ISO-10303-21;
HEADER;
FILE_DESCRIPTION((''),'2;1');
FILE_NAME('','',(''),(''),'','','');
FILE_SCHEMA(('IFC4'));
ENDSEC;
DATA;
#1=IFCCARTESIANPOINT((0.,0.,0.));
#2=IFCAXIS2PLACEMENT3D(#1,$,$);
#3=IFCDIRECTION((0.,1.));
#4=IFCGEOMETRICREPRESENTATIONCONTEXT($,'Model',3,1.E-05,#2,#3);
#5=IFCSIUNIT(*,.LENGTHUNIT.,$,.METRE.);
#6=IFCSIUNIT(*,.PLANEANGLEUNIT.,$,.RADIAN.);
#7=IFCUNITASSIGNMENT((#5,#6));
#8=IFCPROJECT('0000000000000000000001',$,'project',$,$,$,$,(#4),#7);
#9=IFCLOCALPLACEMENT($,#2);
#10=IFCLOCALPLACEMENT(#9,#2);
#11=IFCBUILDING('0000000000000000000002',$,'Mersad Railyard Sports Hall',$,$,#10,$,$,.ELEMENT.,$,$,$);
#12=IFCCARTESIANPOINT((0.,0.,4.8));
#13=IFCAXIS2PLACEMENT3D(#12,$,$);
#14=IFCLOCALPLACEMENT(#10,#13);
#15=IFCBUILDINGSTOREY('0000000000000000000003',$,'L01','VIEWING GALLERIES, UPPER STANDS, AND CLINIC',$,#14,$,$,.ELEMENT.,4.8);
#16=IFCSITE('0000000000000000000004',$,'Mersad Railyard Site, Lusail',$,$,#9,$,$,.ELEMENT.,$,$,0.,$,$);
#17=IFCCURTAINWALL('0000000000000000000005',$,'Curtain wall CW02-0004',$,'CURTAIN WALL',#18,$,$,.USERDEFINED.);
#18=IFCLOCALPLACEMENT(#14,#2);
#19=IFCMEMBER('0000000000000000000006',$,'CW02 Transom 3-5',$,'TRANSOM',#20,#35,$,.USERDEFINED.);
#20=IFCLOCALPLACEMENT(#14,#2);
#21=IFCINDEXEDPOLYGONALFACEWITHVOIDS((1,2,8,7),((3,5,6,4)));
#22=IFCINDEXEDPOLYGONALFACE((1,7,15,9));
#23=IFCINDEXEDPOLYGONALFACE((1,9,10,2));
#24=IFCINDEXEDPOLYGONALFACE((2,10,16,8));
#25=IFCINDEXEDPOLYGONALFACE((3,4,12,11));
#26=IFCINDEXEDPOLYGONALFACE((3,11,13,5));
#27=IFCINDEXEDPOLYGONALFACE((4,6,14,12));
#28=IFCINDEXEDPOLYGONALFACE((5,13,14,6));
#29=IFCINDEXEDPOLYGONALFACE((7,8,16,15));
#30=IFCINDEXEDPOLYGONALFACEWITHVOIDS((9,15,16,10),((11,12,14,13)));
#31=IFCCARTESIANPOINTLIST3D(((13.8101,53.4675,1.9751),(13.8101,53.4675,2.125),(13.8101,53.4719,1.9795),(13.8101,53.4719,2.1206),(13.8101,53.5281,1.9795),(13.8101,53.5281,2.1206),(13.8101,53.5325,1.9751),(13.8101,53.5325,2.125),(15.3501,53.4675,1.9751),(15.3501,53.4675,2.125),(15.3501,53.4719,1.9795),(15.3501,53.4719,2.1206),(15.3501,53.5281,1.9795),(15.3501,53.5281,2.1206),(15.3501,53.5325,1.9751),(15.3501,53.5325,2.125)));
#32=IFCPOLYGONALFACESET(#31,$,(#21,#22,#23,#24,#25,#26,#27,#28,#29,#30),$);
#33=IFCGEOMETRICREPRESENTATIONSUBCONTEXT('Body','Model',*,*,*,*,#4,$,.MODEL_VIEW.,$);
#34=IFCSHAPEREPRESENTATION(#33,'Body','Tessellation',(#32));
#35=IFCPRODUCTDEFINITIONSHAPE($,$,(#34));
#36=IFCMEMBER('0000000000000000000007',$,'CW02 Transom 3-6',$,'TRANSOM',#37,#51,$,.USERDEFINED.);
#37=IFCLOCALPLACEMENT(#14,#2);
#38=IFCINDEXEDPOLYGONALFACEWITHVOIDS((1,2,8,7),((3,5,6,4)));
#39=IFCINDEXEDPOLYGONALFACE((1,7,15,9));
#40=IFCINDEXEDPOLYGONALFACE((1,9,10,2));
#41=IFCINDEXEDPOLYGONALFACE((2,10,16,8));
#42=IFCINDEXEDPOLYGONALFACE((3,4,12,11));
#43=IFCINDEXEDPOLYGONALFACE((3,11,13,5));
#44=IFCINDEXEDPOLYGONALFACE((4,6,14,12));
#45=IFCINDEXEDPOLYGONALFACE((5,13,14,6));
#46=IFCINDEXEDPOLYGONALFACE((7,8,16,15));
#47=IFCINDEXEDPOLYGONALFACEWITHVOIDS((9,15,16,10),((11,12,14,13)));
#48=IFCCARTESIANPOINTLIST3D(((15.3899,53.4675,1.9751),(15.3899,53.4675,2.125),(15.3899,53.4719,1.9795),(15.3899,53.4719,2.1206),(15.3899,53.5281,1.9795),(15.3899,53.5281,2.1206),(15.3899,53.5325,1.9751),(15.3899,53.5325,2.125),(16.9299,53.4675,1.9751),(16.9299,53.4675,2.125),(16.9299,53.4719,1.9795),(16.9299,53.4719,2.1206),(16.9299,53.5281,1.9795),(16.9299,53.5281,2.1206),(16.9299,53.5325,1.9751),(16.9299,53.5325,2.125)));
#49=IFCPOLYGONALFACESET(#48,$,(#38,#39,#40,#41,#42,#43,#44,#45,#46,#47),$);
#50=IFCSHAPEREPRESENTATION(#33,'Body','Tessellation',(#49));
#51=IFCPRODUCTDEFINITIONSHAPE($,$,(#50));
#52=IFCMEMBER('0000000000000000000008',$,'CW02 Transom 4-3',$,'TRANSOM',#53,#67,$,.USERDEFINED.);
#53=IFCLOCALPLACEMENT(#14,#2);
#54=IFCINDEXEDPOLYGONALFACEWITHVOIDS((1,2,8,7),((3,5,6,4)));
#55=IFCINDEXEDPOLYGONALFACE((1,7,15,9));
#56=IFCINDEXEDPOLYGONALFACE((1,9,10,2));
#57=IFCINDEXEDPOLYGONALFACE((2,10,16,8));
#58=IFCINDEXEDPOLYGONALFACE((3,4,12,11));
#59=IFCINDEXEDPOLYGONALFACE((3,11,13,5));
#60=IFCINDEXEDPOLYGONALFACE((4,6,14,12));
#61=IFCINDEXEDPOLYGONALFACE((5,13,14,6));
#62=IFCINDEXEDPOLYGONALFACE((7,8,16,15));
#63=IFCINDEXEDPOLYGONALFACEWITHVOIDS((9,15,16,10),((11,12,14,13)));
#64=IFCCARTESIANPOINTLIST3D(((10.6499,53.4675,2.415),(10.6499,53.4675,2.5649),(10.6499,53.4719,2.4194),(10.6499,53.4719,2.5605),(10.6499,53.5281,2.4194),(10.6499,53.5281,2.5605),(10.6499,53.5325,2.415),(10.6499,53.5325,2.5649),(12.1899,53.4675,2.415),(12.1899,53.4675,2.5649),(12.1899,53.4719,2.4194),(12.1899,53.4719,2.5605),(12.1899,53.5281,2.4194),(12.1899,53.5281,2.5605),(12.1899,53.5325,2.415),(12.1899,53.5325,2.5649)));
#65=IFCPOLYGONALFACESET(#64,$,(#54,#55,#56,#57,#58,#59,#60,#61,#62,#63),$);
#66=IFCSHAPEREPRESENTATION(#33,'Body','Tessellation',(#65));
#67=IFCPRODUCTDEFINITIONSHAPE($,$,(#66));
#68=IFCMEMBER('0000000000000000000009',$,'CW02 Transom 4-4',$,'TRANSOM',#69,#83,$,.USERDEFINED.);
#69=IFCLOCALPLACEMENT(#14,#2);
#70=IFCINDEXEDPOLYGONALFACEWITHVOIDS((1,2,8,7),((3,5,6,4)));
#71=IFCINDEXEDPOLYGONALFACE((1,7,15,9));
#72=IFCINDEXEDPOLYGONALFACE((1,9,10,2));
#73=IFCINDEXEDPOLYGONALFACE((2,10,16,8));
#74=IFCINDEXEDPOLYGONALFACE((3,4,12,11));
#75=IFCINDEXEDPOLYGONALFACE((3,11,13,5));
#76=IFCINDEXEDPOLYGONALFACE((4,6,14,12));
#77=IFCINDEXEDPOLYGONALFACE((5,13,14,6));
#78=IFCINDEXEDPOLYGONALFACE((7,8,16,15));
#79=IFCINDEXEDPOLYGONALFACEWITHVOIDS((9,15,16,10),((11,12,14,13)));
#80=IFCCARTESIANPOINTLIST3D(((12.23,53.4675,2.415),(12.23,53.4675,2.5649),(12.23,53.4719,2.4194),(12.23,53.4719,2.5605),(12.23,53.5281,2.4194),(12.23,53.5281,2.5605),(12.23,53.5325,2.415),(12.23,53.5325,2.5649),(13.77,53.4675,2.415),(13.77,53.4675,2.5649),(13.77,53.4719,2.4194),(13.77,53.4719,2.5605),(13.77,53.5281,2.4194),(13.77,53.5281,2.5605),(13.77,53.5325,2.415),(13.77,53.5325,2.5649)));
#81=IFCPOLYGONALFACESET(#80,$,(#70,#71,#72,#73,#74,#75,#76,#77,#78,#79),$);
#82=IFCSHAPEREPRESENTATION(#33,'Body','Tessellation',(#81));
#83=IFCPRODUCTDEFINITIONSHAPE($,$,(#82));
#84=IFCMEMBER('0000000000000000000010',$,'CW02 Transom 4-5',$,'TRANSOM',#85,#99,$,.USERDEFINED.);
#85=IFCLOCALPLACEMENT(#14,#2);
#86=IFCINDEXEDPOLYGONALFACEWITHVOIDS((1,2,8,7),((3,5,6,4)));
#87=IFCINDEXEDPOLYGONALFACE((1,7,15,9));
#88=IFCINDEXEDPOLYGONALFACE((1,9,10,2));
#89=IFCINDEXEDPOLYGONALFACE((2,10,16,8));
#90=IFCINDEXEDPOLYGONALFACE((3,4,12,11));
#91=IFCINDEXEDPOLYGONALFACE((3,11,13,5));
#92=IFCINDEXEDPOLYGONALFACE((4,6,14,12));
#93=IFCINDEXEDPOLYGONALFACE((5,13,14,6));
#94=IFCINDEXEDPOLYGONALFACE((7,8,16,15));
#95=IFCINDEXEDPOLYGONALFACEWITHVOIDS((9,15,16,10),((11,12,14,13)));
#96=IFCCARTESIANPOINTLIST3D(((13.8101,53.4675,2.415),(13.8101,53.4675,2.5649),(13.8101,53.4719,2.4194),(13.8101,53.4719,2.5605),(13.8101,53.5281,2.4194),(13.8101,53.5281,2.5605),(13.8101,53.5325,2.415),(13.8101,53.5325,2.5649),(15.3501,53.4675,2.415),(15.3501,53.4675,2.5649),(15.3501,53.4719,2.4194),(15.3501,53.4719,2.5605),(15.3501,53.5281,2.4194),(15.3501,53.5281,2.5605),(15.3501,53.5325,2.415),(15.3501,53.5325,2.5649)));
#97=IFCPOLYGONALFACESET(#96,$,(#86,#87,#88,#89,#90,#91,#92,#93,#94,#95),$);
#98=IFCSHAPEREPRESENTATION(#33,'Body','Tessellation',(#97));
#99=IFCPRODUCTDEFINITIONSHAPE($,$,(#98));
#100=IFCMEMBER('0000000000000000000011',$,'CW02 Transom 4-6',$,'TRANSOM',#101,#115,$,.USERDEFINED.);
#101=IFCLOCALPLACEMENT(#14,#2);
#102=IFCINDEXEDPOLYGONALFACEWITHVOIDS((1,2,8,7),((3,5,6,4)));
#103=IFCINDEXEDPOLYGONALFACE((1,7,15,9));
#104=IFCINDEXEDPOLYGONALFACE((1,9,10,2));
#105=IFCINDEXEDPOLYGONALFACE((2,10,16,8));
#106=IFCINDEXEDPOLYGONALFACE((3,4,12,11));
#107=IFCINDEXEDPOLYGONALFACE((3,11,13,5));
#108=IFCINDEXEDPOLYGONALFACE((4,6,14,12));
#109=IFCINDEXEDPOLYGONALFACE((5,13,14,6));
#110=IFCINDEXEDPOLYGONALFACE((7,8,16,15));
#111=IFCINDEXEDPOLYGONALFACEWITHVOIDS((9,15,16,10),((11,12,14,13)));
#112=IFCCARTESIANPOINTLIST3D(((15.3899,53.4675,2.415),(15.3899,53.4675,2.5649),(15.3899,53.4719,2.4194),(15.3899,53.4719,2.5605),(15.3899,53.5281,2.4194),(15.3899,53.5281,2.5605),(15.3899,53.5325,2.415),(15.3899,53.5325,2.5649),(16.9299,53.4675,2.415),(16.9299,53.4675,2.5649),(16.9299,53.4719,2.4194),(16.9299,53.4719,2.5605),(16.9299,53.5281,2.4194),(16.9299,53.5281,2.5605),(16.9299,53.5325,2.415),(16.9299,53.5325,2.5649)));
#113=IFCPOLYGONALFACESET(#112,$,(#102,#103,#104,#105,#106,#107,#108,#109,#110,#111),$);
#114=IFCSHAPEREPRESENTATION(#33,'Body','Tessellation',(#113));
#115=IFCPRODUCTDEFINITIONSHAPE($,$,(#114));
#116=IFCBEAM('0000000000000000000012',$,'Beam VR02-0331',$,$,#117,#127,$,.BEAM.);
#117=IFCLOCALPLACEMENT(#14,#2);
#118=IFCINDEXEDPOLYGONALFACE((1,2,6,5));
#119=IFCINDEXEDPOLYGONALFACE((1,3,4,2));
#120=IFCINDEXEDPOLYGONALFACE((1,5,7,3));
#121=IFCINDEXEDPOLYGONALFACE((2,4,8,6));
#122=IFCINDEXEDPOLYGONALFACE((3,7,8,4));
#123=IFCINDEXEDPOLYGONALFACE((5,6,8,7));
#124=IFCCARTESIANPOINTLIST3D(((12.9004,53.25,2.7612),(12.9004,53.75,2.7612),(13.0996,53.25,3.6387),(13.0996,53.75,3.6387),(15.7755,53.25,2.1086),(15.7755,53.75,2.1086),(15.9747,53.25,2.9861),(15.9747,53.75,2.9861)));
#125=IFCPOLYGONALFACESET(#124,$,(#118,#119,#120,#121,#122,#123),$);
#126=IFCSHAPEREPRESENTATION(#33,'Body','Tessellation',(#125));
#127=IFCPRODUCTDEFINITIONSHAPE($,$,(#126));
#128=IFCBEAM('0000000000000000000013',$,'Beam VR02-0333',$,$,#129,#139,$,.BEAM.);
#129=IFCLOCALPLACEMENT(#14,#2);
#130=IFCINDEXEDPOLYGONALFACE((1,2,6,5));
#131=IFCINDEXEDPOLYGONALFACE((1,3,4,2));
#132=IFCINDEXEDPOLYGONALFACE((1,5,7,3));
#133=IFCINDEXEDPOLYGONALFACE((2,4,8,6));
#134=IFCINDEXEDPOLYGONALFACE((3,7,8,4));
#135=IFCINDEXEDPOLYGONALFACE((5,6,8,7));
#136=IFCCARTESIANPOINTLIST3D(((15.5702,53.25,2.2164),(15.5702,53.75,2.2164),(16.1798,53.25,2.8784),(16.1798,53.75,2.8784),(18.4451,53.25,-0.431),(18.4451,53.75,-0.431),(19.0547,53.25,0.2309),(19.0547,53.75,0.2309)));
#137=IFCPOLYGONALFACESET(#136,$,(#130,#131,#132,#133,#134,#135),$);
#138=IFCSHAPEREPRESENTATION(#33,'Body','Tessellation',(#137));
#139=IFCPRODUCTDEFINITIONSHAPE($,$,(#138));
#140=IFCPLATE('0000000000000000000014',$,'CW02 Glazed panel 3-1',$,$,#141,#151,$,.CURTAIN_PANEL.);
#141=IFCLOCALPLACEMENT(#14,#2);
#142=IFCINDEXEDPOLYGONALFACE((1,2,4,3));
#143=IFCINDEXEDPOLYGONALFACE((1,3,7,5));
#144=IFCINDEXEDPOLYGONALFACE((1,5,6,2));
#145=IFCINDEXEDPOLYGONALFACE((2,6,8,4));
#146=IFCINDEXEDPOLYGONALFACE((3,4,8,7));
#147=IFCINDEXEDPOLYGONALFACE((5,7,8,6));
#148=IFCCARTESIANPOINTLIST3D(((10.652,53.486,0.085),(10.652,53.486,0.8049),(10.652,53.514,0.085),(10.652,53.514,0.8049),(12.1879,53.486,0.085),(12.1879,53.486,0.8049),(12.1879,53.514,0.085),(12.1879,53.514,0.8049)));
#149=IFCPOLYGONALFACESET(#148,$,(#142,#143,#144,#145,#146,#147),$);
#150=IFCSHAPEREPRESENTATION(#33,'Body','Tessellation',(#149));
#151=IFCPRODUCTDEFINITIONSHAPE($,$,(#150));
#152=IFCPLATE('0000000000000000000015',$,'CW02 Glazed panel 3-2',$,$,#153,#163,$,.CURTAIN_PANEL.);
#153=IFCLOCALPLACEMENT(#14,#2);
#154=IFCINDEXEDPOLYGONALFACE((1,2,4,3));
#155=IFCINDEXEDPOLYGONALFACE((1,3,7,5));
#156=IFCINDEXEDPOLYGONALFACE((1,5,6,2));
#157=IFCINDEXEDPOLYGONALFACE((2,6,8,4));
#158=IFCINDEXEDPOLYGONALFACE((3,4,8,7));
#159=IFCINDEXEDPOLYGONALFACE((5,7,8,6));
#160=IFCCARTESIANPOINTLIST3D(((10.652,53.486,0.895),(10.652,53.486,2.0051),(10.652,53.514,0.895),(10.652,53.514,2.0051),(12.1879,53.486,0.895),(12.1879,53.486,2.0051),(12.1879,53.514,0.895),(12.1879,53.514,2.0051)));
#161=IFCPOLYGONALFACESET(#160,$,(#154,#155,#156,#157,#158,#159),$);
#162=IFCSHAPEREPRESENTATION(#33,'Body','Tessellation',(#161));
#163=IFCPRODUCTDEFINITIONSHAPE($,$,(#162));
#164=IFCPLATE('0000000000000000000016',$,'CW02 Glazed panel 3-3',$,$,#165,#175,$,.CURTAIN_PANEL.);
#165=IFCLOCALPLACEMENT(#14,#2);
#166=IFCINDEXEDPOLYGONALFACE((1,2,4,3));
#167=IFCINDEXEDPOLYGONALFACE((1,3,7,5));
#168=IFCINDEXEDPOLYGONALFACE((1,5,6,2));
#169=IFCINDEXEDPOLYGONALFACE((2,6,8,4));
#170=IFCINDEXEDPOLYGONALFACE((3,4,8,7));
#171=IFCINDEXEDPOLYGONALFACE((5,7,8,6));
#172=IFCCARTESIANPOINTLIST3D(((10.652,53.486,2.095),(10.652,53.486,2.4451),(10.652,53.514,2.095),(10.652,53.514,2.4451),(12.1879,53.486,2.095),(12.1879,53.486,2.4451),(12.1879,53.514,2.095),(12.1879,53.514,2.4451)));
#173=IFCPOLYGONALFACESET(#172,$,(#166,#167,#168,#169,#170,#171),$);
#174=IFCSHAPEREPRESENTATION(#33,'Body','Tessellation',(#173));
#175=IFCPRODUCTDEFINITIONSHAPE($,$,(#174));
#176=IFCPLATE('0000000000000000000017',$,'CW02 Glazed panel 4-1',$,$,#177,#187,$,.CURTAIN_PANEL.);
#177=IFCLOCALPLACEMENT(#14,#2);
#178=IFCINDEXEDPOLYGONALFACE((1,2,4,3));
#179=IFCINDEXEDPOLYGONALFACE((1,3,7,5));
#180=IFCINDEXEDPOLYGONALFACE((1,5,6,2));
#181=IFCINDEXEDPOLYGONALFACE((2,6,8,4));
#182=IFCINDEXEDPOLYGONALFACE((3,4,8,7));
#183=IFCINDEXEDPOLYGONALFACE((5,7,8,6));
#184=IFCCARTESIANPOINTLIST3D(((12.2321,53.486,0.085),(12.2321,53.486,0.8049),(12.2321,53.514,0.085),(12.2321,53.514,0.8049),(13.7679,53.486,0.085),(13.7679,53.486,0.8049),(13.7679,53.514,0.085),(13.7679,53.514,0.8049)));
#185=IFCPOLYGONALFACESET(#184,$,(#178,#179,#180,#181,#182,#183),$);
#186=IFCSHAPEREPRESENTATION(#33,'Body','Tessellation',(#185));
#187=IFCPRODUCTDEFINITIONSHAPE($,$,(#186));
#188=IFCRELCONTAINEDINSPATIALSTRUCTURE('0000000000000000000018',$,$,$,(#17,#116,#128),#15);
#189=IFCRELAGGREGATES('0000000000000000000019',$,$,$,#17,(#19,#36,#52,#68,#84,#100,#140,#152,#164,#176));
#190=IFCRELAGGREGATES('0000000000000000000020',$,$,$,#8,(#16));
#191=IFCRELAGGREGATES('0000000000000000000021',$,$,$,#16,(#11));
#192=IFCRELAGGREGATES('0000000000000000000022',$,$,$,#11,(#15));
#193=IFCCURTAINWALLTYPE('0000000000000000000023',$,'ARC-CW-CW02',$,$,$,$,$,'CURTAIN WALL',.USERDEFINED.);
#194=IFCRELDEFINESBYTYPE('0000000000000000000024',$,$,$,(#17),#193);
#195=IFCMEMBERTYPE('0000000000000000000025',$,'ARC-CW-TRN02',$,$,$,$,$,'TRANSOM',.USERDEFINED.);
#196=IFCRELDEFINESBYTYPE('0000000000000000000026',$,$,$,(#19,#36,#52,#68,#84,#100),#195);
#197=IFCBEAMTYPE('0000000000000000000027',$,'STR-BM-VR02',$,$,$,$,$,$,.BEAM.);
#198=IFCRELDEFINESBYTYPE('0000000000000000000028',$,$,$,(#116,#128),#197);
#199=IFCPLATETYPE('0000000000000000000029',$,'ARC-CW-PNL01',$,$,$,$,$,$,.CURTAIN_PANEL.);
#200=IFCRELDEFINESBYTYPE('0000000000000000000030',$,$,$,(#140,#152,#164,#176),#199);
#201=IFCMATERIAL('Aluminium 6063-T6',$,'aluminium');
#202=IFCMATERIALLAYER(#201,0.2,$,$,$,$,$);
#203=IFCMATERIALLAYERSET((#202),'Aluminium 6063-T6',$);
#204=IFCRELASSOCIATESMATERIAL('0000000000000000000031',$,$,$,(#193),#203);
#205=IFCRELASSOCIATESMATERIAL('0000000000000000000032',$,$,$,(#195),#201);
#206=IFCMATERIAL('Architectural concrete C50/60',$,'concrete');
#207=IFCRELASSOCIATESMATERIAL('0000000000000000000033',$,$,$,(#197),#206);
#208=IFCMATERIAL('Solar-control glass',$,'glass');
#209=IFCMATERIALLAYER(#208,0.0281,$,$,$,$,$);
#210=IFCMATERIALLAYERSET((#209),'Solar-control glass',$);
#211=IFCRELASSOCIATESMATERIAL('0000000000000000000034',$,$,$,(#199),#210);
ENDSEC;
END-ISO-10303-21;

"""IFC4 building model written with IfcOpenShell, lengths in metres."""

from ifc_helpers import new_model, si_unit, direction, frame, origin, origin_2d, place, context, subcontext, project, spatial, rectangle, hollow_rectangle, extrude, material, layer, layer_set, material_profile, profile_set, type_object, element, aggregate, save


model = new_model("IFC4")

# Units and contexts
model_context = context("Model", 3, precision=1e-05, world=origin(), true_north=direction((0.0, 1.0)))
body_context = subcontext(model_context, "Body", "Model", "MODEL_VIEW")
ifc_project = project(units=[si_unit("LENGTHUNIT", "METRE"), si_unit("PLANEANGLEUNIT", "RADIAN")], contexts=[model_context])

# Site, building, storey
site_placement = place(None, origin())
site = spatial("IfcSite", under=ifc_project, at=site_placement, Name="Mersad Railyard Site, Lusail", CompositionType="ELEMENT", RefElevation=0.0)
building_placement = place(site_placement, origin())
building = spatial("IfcBuilding", under=site, at=building_placement, Name="Mersad Railyard Sports Hall", CompositionType="ELEMENT")
storey_placement = place(building_placement, frame((0.0, 0.0, 4.8)))
storey = spatial("IfcBuildingStorey", under=building, at=storey_placement, Name="L01", Description="VIEWING GALLERIES, UPPER STANDS, AND CLINIC", CompositionType="ELEMENT", Elevation=4.8)

# Curtain wall, members
ifc_material_1 = material(Name="Aluminium 6063-T6", Category="aluminium")
ifc_layer_1 = layer(ifc_material_1, 0.2)
ifc_layer_set_1 = layer_set([ifc_layer_1], Name="Aluminium 6063-T6")
curtain_wall_type = type_object("IfcCurtainWallType", Name="ARC-CW-CW02", ElementType="CURTAIN WALL", PredefinedType="USERDEFINED", material=ifc_layer_set_1)
curtain_wall_placement = place(storey_placement, origin())
curtain_wall = element("IfcCurtainWall", 1, at=curtain_wall_placement, inside=storey, type_object=curtain_wall_type, Name="Curtain wall CW02-0004", ObjectType="CURTAIN WALL", PredefinedType="USERDEFINED")
ifc_material_profile_1 = material_profile(ifc_material_1, hollow_rectangle(XDim=0.0649, YDim=0.1499, WallThickness=0.0044, at=origin_2d()), Name="AL TRANSOM 65x150x4.5")
ifc_profile_set_1 = profile_set([ifc_material_profile_1], Name="Aluminium 6063-T6")
member_type_1 = type_object("IfcMemberType", Name="ARC-CW-TRN02", ElementType="TRANSOM", PredefinedType="USERDEFINED", material=ifc_profile_set_1)
member_1_placement = place(storey_placement, frame((13.8101, 53.5, 2.05), z_axis=(1.0, 0.0, 0.0), x_axis=(0.0, 1.0, 0.0)))
member_1 = element("IfcMember", 2, at=member_1_placement, type_object=member_type_1, Name="CW02 Transom 3-5", ObjectType="TRANSOM", PredefinedType="USERDEFINED", context=body_context, shape_type="SweptSolid", body=[
    extrude(hollow_rectangle(XDim=0.0649, YDim=0.1499, WallThickness=0.0044, at=origin_2d()), origin(), (0.0, 0.0, 1.0), 1.54),
])
member_2_placement = place(storey_placement, frame((15.3899, 53.5, 2.05), z_axis=(1.0, 0.0, 0.0), x_axis=(0.0, 1.0, 0.0)))
member_2 = element("IfcMember", 3, at=member_2_placement, type_object=member_type_1, Name="CW02 Transom 3-6", ObjectType="TRANSOM", PredefinedType="USERDEFINED", context=body_context, shape_type="SweptSolid", body=[
    extrude(hollow_rectangle(XDim=0.0649, YDim=0.1499, WallThickness=0.0044, at=origin_2d()), origin(), (0.0, 0.0, 1.0), 1.54),
])
member_3_placement = place(storey_placement, frame((10.6499, 53.5, 2.49), z_axis=(1.0, 0.0, 0.0), x_axis=(0.0, 1.0, 0.0)))
member_3 = element("IfcMember", 4, at=member_3_placement, type_object=member_type_1, Name="CW02 Transom 4-3", ObjectType="TRANSOM", PredefinedType="USERDEFINED", context=body_context, shape_type="SweptSolid", body=[
    extrude(hollow_rectangle(XDim=0.0649, YDim=0.1499, WallThickness=0.0044, at=origin_2d()), origin(), (0.0, 0.0, 1.0), 1.54),
])
member_4_placement = place(storey_placement, frame((12.23, 53.5, 2.49), z_axis=(1.0, 0.0, 0.0), x_axis=(0.0, 1.0, 0.0)))
member_4 = element("IfcMember", 5, at=member_4_placement, type_object=member_type_1, Name="CW02 Transom 4-4", ObjectType="TRANSOM", PredefinedType="USERDEFINED", context=body_context, shape_type="SweptSolid", body=[
    extrude(hollow_rectangle(XDim=0.0649, YDim=0.1499, WallThickness=0.0044, at=origin_2d()), origin(), (0.0, 0.0, 1.0), 1.54),
])
member_5_placement = place(storey_placement, frame((13.8101, 53.5, 2.49), z_axis=(1.0, 0.0, 0.0), x_axis=(0.0, 1.0, 0.0)))
member_5 = element("IfcMember", 6, at=member_5_placement, type_object=member_type_1, Name="CW02 Transom 4-5", ObjectType="TRANSOM", PredefinedType="USERDEFINED", context=body_context, shape_type="SweptSolid", body=[
    extrude(hollow_rectangle(XDim=0.0649, YDim=0.1499, WallThickness=0.0044, at=origin_2d()), origin(), (0.0, 0.0, 1.0), 1.54),
])
member_6_placement = place(storey_placement, frame((15.3899, 53.5, 2.49), z_axis=(1.0, 0.0, 0.0), x_axis=(0.0, 1.0, 0.0)))
member_6 = element("IfcMember", 7, at=member_6_placement, type_object=member_type_1, Name="CW02 Transom 4-6", ObjectType="TRANSOM", PredefinedType="USERDEFINED", context=body_context, shape_type="SweptSolid", body=[
    extrude(hollow_rectangle(XDim=0.0649, YDim=0.1499, WallThickness=0.0044, at=origin_2d()), origin(), (0.0, 0.0, 1.0), 1.54),
])

# Beams
ifc_material_2 = material(Name="Architectural concrete C50/60", Category="concrete")
ifc_material_profile_2 = material_profile(ifc_material_2, rectangle(XDim=0.5, YDim=0.8999, at=origin_2d()), Name="VR 500x900")
ifc_profile_set_2 = profile_set([ifc_material_profile_2], Name="Architectural concrete C50/60")
beam_type = type_object("IfcBeamType", Name="STR-BM-VR02", PredefinedType="BEAM", material=ifc_profile_set_2)
beam_1_placement = place(storey_placement, frame((13.0, 53.5, 3.2), z_axis=(0.975193, 0.0, -0.221356), x_axis=(0.0, 1.0, 0.0)))
element("IfcBeam", 8, at=beam_1_placement, inside=storey, type_object=beam_type, Name="Beam VR02-0331", PredefinedType="BEAM", context=body_context, shape_type="SweptSolid", body=[
    extrude(rectangle(XDim=0.5, YDim=0.8999, at=origin_2d()), origin(), (0.0, 0.0, 1.0), 2.9482),
])
beam_2_placement = place(storey_placement, frame((15.875, 53.5, 2.5474), z_axis=(0.735617, 0.0, -0.677397), x_axis=(0.0, 1.0, 0.0)))
element("IfcBeam", 9, at=beam_2_placement, inside=storey, type_object=beam_type, Name="Beam VR02-0333", PredefinedType="BEAM", context=body_context, shape_type="SweptSolid", body=[
    extrude(rectangle(XDim=0.5, YDim=0.8999, at=origin_2d()), origin(), (0.0, 0.0, 1.0), 3.9082),
])

# Plates
ifc_material_3 = material(Name="Solar-control glass", Category="glass")
ifc_layer_2 = layer(ifc_material_3, 0.0281)
ifc_layer_set_2 = layer_set([ifc_layer_2], Name="Solar-control glass")
plate_type_1 = type_object("IfcPlateType", Name="ARC-CW-PNL01", PredefinedType="CURTAIN_PANEL", material=ifc_layer_set_2)
plate_1_placement = place(storey_placement, frame((11.4199, 53.5, 0.085), z_axis=(0.0, 0.0, 1.0), x_axis=(1.0, 0.0, 0.0)))
plate_1 = element("IfcPlate", 10, at=plate_1_placement, type_object=plate_type_1, Name="CW02 Glazed panel 3-1", PredefinedType="CURTAIN_PANEL", context=body_context, shape_type="SweptSolid", body=[
    extrude(rectangle(XDim=1.5359, YDim=0.0281, at=origin_2d()), origin(), (0.0, 0.0, 1.0), 0.72),
])
plate_2_placement = place(storey_placement, frame((11.4199, 53.5, 0.895), z_axis=(0.0, 0.0, 1.0), x_axis=(1.0, 0.0, 0.0)))
plate_2 = element("IfcPlate", 11, at=plate_2_placement, type_object=plate_type_1, Name="CW02 Glazed panel 3-2", PredefinedType="CURTAIN_PANEL", context=body_context, shape_type="SweptSolid", body=[
    extrude(rectangle(XDim=1.5359, YDim=0.0281, at=origin_2d()), origin(), (0.0, 0.0, 1.0), 1.1101),
])
plate_3_placement = place(storey_placement, frame((11.4199, 53.5, 2.095), z_axis=(0.0, 0.0, 1.0), x_axis=(1.0, 0.0, 0.0)))
plate_3 = element("IfcPlate", 12, at=plate_3_placement, type_object=plate_type_1, Name="CW02 Glazed panel 3-3", PredefinedType="CURTAIN_PANEL", context=body_context, shape_type="SweptSolid", body=[
    extrude(rectangle(XDim=1.5359, YDim=0.0281, at=origin_2d()), origin(), (0.0, 0.0, 1.0), 0.3501),
])
plate_4_placement = place(storey_placement, frame((13.0, 53.5, 0.085), z_axis=(0.0, 0.0, 1.0), x_axis=(1.0, 0.0, 0.0)))
plate_4 = element("IfcPlate", 13, at=plate_4_placement, type_object=plate_type_1, Name="CW02 Glazed panel 4-1", PredefinedType="CURTAIN_PANEL", context=body_context, shape_type="SweptSolid", body=[
    extrude(rectangle(XDim=1.5359, YDim=0.0281, at=origin_2d()), origin(), (0.0, 0.0, 1.0), 0.72),
])
aggregate(curtain_wall, [member_1, member_2, member_3, member_4, member_5, member_6, plate_1, plate_2, plate_3, plate_4])

save(model, "model.ifc")
